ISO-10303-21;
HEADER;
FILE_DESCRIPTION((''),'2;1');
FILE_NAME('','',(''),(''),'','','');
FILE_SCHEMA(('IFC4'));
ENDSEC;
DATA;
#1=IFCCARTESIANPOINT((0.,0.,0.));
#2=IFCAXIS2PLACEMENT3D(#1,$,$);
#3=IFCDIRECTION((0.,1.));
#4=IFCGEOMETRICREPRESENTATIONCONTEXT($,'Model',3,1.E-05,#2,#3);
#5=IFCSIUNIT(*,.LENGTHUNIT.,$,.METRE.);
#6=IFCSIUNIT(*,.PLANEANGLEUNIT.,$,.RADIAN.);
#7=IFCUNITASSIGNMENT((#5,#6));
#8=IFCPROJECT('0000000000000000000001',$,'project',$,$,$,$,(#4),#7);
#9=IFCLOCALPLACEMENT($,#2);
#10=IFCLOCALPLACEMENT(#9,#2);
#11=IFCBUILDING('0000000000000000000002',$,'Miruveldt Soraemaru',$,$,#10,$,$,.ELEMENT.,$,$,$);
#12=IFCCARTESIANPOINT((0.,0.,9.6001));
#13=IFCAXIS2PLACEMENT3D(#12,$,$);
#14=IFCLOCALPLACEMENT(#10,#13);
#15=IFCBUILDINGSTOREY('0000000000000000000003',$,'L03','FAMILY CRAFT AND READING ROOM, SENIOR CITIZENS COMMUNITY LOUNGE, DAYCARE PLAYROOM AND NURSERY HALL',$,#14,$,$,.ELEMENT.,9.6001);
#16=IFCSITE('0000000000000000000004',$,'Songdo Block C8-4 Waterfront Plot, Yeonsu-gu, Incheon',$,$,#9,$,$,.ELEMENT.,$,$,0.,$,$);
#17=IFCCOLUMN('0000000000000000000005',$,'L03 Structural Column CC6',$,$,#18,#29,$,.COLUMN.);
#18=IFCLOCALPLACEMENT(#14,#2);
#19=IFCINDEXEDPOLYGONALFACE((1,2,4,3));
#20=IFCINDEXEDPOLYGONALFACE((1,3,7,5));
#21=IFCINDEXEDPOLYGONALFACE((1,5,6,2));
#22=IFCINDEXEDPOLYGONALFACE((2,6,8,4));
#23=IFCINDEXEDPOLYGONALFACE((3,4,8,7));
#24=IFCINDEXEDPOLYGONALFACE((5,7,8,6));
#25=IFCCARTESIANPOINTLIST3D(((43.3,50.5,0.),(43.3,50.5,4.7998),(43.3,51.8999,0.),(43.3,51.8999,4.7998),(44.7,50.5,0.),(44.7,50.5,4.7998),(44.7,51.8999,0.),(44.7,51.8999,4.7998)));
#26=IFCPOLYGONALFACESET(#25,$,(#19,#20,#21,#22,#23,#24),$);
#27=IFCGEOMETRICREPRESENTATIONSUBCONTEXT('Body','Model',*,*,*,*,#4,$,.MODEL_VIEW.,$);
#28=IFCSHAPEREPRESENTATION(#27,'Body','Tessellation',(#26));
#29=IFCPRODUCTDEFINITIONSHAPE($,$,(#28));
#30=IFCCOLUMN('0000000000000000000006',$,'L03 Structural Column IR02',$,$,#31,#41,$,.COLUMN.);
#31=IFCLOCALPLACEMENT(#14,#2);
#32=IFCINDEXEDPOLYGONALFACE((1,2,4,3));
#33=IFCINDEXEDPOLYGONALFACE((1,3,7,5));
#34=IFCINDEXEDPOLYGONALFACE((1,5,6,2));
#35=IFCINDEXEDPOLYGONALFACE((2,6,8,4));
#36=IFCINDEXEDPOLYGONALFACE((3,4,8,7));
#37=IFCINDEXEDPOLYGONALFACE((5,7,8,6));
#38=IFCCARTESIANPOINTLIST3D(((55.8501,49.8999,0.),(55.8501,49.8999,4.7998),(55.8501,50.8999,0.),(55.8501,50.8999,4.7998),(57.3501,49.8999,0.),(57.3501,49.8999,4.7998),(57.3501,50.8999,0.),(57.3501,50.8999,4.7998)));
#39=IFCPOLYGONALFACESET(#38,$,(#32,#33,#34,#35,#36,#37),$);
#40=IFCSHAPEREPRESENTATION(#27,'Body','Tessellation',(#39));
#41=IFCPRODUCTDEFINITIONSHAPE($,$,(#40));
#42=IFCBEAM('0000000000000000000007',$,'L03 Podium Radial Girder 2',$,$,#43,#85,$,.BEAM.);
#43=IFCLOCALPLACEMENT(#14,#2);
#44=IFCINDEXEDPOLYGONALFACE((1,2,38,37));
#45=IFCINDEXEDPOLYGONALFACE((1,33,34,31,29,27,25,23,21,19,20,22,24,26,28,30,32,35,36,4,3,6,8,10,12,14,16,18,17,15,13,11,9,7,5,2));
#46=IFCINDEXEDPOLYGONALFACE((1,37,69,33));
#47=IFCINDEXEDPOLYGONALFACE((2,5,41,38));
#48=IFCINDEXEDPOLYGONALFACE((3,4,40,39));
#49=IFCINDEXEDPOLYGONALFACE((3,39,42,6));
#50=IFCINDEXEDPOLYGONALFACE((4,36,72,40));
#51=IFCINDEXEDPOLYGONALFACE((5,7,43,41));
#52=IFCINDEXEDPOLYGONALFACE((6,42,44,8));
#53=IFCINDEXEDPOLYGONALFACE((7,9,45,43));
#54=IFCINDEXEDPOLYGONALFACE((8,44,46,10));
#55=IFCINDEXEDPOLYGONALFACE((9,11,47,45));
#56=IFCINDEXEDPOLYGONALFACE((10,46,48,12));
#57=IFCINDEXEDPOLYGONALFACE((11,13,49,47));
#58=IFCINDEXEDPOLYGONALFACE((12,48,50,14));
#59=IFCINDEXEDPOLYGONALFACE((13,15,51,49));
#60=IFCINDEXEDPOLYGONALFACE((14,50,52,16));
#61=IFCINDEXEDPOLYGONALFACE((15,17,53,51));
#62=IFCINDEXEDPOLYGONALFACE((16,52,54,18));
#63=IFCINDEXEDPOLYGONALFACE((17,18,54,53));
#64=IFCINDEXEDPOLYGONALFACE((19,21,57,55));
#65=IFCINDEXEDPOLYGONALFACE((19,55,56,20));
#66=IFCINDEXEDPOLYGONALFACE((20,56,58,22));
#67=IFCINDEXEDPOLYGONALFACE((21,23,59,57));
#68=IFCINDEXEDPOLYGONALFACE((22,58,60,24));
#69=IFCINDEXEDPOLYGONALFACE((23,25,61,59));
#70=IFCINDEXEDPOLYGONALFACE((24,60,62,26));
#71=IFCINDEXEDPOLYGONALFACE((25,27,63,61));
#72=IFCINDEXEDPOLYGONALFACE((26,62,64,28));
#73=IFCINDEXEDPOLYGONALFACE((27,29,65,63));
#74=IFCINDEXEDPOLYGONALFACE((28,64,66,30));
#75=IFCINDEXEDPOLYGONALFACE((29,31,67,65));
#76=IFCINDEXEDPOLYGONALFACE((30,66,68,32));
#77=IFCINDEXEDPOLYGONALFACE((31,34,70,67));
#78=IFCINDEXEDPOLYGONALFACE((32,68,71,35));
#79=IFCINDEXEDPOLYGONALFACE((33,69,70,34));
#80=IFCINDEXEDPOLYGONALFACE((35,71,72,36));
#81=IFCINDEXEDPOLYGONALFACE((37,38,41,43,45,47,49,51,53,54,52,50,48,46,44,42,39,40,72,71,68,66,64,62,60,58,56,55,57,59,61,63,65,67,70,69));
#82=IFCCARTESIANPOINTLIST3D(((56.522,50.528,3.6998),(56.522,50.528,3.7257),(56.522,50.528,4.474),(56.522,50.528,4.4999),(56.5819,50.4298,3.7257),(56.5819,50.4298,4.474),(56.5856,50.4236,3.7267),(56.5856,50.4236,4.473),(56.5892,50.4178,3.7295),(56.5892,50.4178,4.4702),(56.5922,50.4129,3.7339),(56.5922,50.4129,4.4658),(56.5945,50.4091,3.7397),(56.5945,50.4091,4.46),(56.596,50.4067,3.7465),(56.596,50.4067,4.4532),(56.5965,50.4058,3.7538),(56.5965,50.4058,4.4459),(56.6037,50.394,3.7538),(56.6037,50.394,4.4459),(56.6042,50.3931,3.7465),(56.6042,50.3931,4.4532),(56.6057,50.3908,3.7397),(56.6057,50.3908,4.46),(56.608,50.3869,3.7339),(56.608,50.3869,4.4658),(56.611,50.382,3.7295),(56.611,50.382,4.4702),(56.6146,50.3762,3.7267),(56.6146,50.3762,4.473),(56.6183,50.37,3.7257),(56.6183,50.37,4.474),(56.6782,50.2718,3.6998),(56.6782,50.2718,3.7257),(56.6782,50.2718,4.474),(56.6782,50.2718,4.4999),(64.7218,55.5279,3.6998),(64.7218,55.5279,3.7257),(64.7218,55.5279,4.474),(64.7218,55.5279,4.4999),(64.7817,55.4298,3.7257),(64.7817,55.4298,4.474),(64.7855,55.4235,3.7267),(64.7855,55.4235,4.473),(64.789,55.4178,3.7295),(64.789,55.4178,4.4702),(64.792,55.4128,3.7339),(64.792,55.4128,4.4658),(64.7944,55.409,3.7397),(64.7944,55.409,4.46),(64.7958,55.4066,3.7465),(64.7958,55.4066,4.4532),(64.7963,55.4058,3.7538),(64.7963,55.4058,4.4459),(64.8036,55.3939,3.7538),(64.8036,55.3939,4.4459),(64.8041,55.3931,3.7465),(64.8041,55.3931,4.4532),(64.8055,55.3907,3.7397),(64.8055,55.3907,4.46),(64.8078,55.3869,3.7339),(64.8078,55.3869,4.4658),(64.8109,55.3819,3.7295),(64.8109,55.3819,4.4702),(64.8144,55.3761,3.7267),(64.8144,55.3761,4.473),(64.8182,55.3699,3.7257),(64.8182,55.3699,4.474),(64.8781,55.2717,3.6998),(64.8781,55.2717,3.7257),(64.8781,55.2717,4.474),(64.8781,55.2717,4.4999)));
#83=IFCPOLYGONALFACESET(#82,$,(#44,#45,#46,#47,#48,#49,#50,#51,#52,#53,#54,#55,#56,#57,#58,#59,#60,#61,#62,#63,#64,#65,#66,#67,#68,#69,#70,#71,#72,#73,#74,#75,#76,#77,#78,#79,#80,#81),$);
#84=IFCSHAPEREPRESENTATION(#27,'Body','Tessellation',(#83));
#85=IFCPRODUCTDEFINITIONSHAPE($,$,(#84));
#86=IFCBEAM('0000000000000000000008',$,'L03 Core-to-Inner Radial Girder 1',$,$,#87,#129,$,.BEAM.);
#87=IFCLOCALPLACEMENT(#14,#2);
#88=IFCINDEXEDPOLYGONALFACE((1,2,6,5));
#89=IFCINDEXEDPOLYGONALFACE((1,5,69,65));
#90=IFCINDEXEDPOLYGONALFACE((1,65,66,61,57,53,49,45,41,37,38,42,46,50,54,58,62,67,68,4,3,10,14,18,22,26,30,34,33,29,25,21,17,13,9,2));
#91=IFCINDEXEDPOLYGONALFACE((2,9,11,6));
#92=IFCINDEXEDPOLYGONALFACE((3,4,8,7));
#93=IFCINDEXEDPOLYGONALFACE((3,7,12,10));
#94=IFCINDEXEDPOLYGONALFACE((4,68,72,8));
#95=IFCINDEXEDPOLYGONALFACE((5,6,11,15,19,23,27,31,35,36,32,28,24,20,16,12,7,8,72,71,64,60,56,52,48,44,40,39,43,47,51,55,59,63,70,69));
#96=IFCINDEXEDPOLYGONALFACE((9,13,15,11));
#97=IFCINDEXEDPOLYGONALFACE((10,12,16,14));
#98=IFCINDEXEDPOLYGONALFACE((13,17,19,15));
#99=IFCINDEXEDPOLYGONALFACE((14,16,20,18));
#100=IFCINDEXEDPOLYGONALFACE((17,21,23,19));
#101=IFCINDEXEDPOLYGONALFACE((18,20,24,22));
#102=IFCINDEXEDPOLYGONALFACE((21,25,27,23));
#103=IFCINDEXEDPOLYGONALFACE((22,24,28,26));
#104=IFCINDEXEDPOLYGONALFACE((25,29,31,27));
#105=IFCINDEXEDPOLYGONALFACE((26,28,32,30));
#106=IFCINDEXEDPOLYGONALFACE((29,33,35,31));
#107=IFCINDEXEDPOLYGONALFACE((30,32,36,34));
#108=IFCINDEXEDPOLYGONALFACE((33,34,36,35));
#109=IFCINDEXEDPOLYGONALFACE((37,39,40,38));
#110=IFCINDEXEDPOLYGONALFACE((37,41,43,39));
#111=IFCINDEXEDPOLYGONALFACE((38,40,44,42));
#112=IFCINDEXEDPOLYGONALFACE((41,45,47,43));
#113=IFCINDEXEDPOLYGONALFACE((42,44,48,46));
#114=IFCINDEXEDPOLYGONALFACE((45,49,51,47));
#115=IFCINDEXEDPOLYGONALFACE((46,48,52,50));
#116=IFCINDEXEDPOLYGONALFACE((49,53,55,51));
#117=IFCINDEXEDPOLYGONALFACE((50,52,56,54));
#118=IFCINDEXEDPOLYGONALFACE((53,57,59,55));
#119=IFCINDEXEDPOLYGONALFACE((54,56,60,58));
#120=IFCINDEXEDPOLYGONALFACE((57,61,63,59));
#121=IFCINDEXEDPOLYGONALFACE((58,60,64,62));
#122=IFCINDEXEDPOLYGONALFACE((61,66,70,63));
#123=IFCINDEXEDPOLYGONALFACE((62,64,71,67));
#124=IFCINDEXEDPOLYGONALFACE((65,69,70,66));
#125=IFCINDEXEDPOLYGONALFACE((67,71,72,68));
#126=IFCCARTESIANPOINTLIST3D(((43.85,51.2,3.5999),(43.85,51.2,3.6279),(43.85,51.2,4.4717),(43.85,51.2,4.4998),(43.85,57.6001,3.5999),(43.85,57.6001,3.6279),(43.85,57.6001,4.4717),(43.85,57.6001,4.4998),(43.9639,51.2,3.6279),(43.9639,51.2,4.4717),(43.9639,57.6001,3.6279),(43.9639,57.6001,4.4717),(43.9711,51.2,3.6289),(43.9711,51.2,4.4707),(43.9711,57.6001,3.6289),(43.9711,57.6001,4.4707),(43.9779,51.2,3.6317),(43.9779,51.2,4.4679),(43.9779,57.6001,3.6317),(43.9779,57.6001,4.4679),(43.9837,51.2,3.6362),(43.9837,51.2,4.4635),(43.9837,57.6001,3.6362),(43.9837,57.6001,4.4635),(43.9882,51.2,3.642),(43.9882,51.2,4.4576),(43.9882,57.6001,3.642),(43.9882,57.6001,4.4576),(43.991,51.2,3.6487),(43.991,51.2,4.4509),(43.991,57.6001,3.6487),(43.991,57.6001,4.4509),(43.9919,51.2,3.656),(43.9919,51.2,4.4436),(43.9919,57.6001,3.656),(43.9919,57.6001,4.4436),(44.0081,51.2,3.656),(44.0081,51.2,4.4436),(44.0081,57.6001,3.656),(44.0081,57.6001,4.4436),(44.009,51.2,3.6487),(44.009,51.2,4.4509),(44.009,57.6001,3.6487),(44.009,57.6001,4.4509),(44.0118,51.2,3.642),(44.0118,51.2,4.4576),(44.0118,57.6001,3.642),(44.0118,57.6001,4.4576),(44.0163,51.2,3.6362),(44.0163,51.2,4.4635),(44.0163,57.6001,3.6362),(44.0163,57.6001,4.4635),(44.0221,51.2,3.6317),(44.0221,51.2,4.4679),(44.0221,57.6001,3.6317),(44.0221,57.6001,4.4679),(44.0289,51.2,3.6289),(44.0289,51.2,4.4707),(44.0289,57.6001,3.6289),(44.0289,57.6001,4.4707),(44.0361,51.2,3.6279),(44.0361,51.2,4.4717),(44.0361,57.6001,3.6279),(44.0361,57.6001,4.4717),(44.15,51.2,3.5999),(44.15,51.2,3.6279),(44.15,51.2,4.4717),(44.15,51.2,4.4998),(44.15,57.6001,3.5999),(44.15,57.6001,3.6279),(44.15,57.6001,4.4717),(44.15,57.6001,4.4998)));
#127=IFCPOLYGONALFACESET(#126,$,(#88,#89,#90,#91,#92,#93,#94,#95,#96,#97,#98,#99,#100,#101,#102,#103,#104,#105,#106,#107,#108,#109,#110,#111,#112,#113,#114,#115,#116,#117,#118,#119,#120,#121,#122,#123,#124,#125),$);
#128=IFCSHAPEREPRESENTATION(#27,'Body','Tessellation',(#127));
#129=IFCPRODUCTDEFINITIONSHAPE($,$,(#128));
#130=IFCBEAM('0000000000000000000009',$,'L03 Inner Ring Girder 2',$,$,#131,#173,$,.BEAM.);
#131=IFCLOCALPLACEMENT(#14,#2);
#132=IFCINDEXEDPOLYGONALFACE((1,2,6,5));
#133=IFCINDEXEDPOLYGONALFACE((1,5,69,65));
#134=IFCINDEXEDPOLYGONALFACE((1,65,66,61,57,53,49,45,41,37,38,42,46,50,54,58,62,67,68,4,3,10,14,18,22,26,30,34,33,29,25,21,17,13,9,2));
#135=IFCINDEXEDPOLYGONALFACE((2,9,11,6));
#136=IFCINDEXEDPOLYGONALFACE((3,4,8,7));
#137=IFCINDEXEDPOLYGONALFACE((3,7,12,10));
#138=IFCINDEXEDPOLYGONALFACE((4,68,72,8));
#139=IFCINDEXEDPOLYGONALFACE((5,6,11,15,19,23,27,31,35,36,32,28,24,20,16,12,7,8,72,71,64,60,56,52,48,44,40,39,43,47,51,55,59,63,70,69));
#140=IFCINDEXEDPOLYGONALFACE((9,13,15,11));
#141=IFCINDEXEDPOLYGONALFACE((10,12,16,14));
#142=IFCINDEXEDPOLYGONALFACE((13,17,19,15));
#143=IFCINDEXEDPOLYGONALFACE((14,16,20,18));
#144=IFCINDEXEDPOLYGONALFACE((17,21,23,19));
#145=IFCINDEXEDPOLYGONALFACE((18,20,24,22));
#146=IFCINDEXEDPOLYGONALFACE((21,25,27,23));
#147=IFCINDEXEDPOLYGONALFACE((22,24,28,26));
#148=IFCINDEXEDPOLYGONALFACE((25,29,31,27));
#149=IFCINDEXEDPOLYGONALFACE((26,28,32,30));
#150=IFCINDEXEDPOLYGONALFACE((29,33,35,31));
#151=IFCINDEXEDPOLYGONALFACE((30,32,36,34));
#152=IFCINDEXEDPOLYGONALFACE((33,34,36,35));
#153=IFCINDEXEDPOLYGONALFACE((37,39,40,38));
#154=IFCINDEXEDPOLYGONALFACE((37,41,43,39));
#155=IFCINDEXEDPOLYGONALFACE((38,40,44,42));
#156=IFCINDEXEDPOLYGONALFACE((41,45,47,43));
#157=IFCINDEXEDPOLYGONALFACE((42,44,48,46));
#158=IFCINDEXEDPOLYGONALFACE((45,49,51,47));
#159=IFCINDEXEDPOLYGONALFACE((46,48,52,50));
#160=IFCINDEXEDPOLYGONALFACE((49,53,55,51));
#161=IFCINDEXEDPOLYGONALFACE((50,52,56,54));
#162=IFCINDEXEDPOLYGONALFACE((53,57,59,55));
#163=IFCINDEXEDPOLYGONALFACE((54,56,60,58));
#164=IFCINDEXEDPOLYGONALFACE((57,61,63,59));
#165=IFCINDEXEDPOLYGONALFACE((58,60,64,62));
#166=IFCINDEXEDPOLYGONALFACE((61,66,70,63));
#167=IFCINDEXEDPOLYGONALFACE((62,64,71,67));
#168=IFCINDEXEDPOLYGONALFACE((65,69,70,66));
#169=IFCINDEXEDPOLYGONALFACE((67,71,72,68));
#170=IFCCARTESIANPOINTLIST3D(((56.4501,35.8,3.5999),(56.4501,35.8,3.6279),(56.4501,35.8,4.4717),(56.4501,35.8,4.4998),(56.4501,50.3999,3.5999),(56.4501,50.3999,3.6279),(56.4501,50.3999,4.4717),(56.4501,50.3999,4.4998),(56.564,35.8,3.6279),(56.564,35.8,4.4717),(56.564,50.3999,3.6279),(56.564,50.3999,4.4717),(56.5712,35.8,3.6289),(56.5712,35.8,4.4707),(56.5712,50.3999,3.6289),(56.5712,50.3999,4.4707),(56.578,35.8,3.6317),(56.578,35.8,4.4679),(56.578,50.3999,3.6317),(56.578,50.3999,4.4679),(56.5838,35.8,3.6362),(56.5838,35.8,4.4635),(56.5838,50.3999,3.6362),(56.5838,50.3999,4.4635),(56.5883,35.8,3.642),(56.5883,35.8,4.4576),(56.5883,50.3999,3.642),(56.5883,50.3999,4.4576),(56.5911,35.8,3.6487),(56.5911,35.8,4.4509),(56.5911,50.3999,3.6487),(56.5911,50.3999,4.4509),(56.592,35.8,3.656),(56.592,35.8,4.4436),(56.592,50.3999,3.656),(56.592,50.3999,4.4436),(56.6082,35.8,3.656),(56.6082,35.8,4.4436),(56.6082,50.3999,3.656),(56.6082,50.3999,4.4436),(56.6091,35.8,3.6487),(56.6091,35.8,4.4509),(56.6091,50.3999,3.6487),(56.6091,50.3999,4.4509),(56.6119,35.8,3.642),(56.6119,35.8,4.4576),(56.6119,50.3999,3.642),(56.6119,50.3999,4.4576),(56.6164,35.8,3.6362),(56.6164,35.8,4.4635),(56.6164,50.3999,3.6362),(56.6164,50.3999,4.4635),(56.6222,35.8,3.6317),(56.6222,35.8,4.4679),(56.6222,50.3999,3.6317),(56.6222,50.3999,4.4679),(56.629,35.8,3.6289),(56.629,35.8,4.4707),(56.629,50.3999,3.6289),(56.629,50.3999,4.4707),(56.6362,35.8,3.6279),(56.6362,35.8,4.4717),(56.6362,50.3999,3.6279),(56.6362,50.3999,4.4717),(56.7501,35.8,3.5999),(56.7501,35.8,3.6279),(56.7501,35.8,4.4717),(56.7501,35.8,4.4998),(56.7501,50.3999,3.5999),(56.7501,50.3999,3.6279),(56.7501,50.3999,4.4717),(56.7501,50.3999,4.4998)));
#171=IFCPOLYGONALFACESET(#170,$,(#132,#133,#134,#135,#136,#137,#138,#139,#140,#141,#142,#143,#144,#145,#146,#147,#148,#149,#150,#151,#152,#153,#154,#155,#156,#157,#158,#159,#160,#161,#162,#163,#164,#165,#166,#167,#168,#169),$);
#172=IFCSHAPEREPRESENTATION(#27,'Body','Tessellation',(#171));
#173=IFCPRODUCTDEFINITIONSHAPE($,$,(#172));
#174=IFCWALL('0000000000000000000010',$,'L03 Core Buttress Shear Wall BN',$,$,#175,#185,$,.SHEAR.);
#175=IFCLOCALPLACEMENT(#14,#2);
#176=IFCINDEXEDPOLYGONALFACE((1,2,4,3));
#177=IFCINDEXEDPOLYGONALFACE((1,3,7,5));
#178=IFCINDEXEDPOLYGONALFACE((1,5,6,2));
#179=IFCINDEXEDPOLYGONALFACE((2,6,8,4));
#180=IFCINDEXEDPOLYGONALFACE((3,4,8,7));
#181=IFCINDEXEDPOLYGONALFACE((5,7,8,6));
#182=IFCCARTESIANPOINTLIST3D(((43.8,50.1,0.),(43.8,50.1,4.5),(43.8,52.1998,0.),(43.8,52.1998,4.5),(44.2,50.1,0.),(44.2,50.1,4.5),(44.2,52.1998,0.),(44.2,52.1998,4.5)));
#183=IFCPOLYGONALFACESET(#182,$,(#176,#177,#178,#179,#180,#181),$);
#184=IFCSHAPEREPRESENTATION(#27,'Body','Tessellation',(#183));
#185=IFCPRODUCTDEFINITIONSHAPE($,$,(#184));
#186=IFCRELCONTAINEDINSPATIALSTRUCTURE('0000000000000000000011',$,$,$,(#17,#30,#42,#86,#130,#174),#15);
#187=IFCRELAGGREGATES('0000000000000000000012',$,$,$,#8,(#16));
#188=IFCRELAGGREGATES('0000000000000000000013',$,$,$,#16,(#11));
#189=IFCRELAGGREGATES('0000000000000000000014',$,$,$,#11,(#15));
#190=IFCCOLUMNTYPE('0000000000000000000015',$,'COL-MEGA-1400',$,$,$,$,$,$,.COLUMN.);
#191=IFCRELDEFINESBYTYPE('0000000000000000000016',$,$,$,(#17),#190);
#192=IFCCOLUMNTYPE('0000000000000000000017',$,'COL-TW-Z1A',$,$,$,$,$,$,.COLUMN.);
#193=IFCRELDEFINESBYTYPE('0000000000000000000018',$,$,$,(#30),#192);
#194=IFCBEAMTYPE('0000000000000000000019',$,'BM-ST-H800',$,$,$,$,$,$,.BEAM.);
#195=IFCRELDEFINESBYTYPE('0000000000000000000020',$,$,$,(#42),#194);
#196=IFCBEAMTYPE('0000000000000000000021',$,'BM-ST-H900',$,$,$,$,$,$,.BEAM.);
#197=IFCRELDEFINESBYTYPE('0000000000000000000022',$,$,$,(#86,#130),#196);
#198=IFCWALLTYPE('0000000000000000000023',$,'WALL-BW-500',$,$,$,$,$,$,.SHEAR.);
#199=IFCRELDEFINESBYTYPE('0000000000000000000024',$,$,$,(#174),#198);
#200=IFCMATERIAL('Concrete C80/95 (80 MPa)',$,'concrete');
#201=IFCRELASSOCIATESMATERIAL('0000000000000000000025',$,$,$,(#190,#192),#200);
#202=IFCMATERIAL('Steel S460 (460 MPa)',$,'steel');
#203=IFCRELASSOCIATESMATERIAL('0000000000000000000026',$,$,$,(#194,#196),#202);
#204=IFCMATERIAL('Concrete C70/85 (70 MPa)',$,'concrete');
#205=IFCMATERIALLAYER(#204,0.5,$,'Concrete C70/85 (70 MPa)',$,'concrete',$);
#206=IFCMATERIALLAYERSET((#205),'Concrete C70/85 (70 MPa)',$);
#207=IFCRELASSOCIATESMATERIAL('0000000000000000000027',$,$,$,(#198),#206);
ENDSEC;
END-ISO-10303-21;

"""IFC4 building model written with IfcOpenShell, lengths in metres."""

from ifc_helpers import new_model, si_unit, direction, frame, frame_2d, origin, origin_2d, place, context, subcontext, project, spatial, rectangle, i_section, extrude, material, layer, layer_set, material_profile, profile_set, type_object, element, save


model = new_model("IFC4")

# Units and contexts
model_context = context("Model", 3, precision=1e-05, world=origin(), true_north=direction((0.0, 1.0)))
body_context = subcontext(model_context, "Body", "Model", "MODEL_VIEW")
ifc_project = project(units=[si_unit("LENGTHUNIT", "METRE"), si_unit("PLANEANGLEUNIT", "RADIAN")], contexts=[model_context])

# Site, building, storey
site_placement = place(None, origin())
site = spatial("IfcSite", under=ifc_project, at=site_placement, Name="Songdo Block C8-4 Waterfront Plot, Yeonsu-gu, Incheon", CompositionType="ELEMENT", RefElevation=0.0)
building_placement = place(site_placement, origin())
building = spatial("IfcBuilding", under=site, at=building_placement, Name="Miruveldt Soraemaru", CompositionType="ELEMENT")
storey_placement = place(building_placement, frame((0.0, 0.0, 9.6001)))
storey = spatial("IfcBuildingStorey", under=building, at=storey_placement, Name="L03", Description="FAMILY CRAFT AND READING ROOM, SENIOR CITIZENS COMMUNITY LOUNGE, DAYCARE PLAYROOM AND NURSERY HALL", CompositionType="ELEMENT", Elevation=9.6001)

# Columns
ifc_material_1 = material(Name="Concrete C80/95 (80 MPa)", Category="concrete")
ifc_material_profile_1 = material_profile(ifc_material_1, rectangle(XDim=1.3999, YDim=1.3999, at=origin_2d()), Name="Concrete C80/95 (80 MPa)", Category="concrete")
ifc_profile_set_1 = profile_set([ifc_material_profile_1], Name="Concrete C80/95 (80 MPa)")
column_type_1 = type_object("IfcColumnType", Name="COL-MEGA-1400", PredefinedType="COLUMN", material=ifc_profile_set_1)
column_1_placement = place(storey_placement, frame((44.0, 51.2, 0.0), z_axis=(0.0, 0.0, 1.0), x_axis=(1.0, 0.0, 0.0)))
element("IfcColumn", 1, at=column_1_placement, inside=storey, type_object=column_type_1, Name="L03 Structural Column CC6", PredefinedType="COLUMN", context=body_context, shape_type="SweptSolid", body=[
    extrude(rectangle(XDim=1.3999, YDim=1.3999, at=origin_2d()), origin(), (0.0, 0.0, 1.0), 4.7998),
])
ifc_material_profile_2 = material_profile(ifc_material_1, rectangle(XDim=1.5, YDim=1.0, at=origin_2d()), Name="Concrete C80/95 (80 MPa)", Category="concrete")
ifc_profile_set_2 = profile_set([ifc_material_profile_2], Name="Concrete C80/95 (80 MPa)")
column_type_2 = type_object("IfcColumnType", Name="COL-TW-Z1A", PredefinedType="COLUMN", material=ifc_profile_set_2)
column_2_placement = place(storey_placement, frame((56.6001, 50.3999, 0.0), z_axis=(0.0, 0.0, 1.0), x_axis=(1.0, 0.0, 0.0)))
element("IfcColumn", 2, at=column_2_placement, inside=storey, type_object=column_type_2, Name="L03 Structural Column IR02", PredefinedType="COLUMN", context=body_context, shape_type="SweptSolid", body=[
    extrude(rectangle(XDim=1.5, YDim=1.0, at=origin_2d()), origin(), (0.0, 0.0, 1.0), 4.7998),
])

# Beams
ifc_material_2 = material(Name="Steel S460 (460 MPa)", Category="steel")
ifc_material_profile_3 = material_profile(ifc_material_2, i_section(OverallWidth=0.3, OverallDepth=0.8, WebThickness=0.0139, FlangeThickness=0.0259, FilletRadius=0.0281, at=origin_2d()), Name="Steel S460 (460 MPa)", Category="steel")
ifc_profile_set_3 = profile_set([ifc_material_profile_3], Name="Steel S460 (460 MPa)")
beam_type_1 = type_object("IfcBeamType", Name="BM-ST-H800", PredefinedType="BEAM", material=ifc_profile_set_3)
beam_1_placement = place(storey_placement, frame((56.6001, 50.3999, 4.0999), z_axis=(0.853795, 0.52061, 0.0), x_axis=(-0.52061, 0.853795, 0.0)))
element("IfcBeam", 3, at=beam_1_placement, inside=storey, type_object=beam_type_1, Name="L03 Podium Radial Girder 2", PredefinedType="BEAM", context=body_context, shape_type="SweptSolid", body=[
    extrude(i_section(OverallWidth=0.3, OverallDepth=0.8, WebThickness=0.0139, FlangeThickness=0.0259, FilletRadius=0.0281, at=origin_2d()), origin(), (0.0, 0.0, 1.0), 9.604),
])
ifc_material_profile_4 = material_profile(ifc_material_2, i_section(OverallWidth=0.3, OverallDepth=0.8999, WebThickness=0.0161, FlangeThickness=0.0281, FilletRadius=0.0281, at=origin_2d()), Name="Steel S460 (460 MPa)", Category="steel")
ifc_profile_set_4 = profile_set([ifc_material_profile_4], Name="Steel S460 (460 MPa)")
beam_type_2 = type_object("IfcBeamType", Name="BM-ST-H900", PredefinedType="BEAM", material=ifc_profile_set_4)
beam_2_placement = place(storey_placement, frame((44.0, 51.2, 4.0498), z_axis=(0.0, 1.0, 0.0), x_axis=(-1.0, 0.0, 0.0)))
element("IfcBeam", 4, at=beam_2_placement, inside=storey, type_object=beam_type_2, Name="L03 Core-to-Inner Radial Girder 1", PredefinedType="BEAM", context=body_context, shape_type="SweptSolid", body=[
    extrude(i_section(OverallWidth=0.3, OverallDepth=0.8999, WebThickness=0.0161, FlangeThickness=0.0281, FilletRadius=0.0281, at=origin_2d()), origin(), (0.0, 0.0, 1.0), 6.4001),
])
beam_3_placement = place(storey_placement, frame((56.6001, 50.3999, 4.0498), z_axis=(0.0, -1.0, 0.0), x_axis=(1.0, 0.0, 0.0)))
element("IfcBeam", 5, at=beam_3_placement, inside=storey, type_object=beam_type_2, Name="L03 Inner Ring Girder 2", PredefinedType="BEAM", context=body_context, shape_type="SweptSolid", body=[
    extrude(i_section(OverallWidth=0.3, OverallDepth=0.8999, WebThickness=0.0161, FlangeThickness=0.0281, FilletRadius=0.0281, at=origin_2d()), origin(), (0.0, 0.0, 1.0), 14.5999),
])

# Wall
ifc_material_3 = material(Name="Concrete C70/85 (70 MPa)", Category="concrete")
ifc_layer_1 = layer(ifc_material_3, 0.5, Name="Concrete C70/85 (70 MPa)", Category="concrete")
ifc_layer_set_1 = layer_set([ifc_layer_1], Name="Concrete C70/85 (70 MPa)")
wall_type_1 = type_object("IfcWallType", Name="WALL-BW-500", PredefinedType="SHEAR", material=ifc_layer_set_1)
wall_1_placement = place(storey_placement, frame((44.0, 50.1001, 0.0), z_axis=(0.0, 0.0, 1.0), x_axis=(0.0, 1.0, 0.0)))
element("IfcWall", 6, at=wall_1_placement, inside=storey, type_object=wall_type_1, Name="L03 Core Buttress Shear Wall BN", PredefinedType="SHEAR", context=body_context, shape_type="SweptSolid", body=[
    extrude(rectangle(XDim=2.0999, YDim=0.3999, at=frame_2d((1.0498, 0.0))), origin(), (0.0, 0.0, 1.0), 4.5),
])

save(model, "model.ifc")
